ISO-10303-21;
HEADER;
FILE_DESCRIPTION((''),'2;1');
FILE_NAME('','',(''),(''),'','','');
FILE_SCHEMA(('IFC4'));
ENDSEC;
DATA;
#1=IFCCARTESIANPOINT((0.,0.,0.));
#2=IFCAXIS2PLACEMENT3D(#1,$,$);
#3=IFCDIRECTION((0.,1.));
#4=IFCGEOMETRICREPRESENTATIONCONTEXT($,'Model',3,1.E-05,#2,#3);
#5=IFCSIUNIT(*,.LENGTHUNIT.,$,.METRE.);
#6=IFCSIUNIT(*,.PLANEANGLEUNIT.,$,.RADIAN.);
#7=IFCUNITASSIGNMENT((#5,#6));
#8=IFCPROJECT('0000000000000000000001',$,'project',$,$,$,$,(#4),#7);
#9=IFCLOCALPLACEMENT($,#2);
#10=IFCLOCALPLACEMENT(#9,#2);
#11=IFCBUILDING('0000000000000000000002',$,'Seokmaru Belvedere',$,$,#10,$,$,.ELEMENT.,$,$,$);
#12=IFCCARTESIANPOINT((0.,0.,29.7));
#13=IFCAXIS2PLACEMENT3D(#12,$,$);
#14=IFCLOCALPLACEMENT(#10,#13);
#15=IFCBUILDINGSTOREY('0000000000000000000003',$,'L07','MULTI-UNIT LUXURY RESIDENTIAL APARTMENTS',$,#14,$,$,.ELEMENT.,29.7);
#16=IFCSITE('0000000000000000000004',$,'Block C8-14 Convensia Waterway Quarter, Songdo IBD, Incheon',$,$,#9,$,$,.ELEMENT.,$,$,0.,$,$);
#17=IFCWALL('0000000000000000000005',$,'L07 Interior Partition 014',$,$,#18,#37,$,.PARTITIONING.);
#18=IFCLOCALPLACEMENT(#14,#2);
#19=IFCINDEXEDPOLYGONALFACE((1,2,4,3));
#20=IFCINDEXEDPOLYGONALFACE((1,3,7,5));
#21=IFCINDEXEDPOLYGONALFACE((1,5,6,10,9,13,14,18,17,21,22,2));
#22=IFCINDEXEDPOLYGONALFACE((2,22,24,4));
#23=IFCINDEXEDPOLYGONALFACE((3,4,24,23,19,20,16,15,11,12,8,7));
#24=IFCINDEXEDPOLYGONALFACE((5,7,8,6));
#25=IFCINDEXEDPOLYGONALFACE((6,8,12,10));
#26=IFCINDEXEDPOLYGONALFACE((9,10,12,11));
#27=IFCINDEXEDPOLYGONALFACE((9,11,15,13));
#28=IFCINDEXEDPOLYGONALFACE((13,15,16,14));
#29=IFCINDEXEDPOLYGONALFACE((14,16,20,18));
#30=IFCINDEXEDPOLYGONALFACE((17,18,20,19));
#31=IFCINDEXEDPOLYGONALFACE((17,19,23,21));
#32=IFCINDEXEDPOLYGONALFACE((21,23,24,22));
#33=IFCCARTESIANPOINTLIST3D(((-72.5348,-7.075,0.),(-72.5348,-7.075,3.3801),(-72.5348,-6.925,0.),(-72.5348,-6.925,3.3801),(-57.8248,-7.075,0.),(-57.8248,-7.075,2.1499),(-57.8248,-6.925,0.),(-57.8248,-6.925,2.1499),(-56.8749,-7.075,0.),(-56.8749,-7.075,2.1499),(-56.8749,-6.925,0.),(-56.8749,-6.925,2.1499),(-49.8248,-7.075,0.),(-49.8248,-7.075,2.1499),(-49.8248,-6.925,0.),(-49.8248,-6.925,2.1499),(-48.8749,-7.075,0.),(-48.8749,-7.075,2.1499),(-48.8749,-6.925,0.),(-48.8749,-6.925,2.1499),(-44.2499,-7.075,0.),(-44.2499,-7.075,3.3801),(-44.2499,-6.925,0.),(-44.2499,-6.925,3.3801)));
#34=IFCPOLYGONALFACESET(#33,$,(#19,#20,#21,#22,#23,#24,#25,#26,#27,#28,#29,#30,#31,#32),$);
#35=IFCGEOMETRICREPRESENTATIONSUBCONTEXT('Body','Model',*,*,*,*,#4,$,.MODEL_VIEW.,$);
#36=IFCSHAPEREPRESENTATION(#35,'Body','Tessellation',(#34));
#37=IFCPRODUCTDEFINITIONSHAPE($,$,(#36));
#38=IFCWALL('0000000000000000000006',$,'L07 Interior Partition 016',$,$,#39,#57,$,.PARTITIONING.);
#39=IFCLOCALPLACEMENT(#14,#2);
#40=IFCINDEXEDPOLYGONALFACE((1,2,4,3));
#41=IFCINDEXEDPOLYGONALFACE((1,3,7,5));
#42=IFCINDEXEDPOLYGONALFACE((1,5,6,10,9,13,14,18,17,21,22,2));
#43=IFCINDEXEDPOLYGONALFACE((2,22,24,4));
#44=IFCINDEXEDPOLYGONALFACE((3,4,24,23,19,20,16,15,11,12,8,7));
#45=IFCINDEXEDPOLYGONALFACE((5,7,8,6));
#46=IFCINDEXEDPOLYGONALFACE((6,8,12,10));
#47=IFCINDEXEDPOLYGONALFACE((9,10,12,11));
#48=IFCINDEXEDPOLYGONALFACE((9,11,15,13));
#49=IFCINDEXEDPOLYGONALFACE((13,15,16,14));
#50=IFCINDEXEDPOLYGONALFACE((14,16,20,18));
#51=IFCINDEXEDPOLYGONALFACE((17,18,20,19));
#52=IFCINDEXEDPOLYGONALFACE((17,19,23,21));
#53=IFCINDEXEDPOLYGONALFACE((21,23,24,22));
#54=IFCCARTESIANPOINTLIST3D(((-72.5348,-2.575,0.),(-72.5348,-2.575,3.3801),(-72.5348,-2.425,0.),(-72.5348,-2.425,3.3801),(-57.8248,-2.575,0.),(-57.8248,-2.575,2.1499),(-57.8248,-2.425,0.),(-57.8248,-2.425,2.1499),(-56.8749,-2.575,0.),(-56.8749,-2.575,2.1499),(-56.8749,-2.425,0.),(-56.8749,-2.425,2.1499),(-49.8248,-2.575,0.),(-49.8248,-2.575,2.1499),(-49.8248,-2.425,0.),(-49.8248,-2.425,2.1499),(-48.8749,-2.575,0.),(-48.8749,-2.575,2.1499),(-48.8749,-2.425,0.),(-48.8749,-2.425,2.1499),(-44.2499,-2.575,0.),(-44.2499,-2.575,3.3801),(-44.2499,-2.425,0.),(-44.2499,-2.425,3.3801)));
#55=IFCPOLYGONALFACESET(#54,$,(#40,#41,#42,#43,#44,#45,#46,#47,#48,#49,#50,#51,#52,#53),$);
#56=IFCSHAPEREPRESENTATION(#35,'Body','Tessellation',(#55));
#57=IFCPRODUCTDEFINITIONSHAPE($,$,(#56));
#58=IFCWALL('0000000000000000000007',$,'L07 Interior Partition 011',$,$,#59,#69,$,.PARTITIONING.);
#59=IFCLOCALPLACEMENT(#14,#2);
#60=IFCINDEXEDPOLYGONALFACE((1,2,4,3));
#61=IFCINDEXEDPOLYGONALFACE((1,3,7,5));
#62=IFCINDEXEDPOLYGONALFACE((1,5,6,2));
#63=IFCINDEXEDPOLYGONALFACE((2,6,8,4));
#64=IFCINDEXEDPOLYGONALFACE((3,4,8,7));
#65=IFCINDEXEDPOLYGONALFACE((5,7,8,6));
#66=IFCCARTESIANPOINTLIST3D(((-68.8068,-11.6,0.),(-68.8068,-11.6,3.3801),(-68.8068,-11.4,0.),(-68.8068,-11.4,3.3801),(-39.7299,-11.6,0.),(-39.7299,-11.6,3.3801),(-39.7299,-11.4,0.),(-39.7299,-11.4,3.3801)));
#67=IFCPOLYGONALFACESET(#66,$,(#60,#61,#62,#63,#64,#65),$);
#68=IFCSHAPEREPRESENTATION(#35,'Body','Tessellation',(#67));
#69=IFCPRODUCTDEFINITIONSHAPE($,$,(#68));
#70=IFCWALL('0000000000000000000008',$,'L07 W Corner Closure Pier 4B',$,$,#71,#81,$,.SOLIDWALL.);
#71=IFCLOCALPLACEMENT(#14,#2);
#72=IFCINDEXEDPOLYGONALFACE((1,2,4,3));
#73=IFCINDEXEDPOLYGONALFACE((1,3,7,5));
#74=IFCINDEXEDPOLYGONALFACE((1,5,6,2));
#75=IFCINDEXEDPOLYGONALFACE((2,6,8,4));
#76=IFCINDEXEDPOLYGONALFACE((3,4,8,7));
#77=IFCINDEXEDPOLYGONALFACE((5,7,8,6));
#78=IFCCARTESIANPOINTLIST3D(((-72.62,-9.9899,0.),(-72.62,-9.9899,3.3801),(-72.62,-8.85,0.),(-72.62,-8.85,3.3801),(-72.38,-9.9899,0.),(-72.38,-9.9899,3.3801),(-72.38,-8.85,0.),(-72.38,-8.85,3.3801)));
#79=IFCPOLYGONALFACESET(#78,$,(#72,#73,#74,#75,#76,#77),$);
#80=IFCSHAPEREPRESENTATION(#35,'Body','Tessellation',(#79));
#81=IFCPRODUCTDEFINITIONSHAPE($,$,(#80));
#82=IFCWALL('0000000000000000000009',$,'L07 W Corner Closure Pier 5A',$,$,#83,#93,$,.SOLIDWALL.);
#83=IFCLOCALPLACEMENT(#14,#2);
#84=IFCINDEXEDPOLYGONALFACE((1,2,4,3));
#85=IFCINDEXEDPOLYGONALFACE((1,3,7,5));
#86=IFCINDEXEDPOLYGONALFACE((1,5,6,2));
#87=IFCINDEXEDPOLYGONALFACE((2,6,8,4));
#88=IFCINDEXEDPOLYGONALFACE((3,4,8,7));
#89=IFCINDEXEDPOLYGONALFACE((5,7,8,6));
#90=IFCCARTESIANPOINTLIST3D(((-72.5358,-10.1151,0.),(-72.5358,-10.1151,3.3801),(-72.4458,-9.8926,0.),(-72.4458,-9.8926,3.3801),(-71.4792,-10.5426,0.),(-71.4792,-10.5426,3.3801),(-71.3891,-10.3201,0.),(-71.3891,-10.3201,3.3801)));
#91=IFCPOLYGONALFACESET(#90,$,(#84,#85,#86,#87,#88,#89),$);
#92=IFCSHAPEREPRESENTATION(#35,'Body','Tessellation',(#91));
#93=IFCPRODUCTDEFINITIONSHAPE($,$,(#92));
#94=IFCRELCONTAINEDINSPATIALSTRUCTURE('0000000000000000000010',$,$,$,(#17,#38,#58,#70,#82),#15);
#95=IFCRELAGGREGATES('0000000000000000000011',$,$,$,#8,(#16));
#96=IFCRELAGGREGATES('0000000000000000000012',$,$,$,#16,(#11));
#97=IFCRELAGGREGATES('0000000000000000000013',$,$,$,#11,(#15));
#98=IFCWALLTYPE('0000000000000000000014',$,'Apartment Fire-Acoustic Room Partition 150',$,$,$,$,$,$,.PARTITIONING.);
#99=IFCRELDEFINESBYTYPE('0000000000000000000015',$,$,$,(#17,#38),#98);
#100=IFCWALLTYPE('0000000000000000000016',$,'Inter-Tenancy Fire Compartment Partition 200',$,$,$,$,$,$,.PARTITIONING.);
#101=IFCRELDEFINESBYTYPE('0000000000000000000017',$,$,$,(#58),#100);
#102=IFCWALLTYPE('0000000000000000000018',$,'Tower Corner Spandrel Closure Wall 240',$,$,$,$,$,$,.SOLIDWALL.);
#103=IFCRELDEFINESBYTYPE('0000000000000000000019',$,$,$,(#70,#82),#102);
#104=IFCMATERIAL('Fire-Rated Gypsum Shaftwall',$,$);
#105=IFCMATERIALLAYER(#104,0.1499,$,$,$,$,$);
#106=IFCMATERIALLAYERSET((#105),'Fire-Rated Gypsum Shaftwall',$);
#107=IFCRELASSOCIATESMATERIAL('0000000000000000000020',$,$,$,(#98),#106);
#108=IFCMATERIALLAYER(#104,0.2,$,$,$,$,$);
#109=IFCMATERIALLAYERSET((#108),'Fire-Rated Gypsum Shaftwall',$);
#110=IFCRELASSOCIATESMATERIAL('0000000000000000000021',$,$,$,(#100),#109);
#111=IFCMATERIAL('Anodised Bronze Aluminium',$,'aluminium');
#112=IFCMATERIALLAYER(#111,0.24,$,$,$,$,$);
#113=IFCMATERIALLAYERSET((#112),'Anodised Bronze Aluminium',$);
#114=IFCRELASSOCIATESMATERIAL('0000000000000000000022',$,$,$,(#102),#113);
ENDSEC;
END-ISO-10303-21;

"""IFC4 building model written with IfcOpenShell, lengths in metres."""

from ifc_helpers import new_model, si_unit, direction, frame, frame_2d, origin, place, context, subcontext, project, spatial, rectangle, extrude, material, layer, layer_set, type_object, element, save


model = new_model("IFC4")

# Units and contexts
model_context = context("Model", 3, precision=1e-05, world=origin(), true_north=direction((0.0, 1.0)))
body_context = subcontext(model_context, "Body", "Model", "MODEL_VIEW")
ifc_project = project(units=[si_unit("LENGTHUNIT", "METRE"), si_unit("PLANEANGLEUNIT", "RADIAN")], contexts=[model_context])

# Site, building, storey
site_placement = place(None, origin())
site = spatial("IfcSite", under=ifc_project, at=site_placement, Name="Block C8-14 Convensia Waterway Quarter, Songdo IBD, Incheon", CompositionType="ELEMENT", RefElevation=0.0)
building_placement = place(site_placement, origin())
building = spatial("IfcBuilding", under=site, at=building_placement, Name="Seokmaru Belvedere", CompositionType="ELEMENT")
storey_placement = place(building_placement, frame((0.0, 0.0, 29.7)))
storey = spatial("IfcBuildingStorey", under=building, at=storey_placement, Name="L07", Description="MULTI-UNIT LUXURY RESIDENTIAL APARTMENTS", CompositionType="ELEMENT", Elevation=29.7)

# Shared definitions
ifc_material_1 = material(Name="Anodised Bronze Aluminium", Category="aluminium")

# Walls, openings
ifc_material_2 = material(Name="Fire-Rated Gypsum Shaftwall")
ifc_layer_1 = layer(ifc_material_2, 0.1499)
ifc_layer_set_1 = layer_set([ifc_layer_1], Name="Fire-Rated Gypsum Shaftwall")
wall_type_1 = type_object("IfcWallType", Name="Apartment Fire-Acoustic Room Partition 150", PredefinedType="PARTITIONING", material=ifc_layer_set_1)
wall_1_placement = place(storey_placement, frame((-72.5349, -7.0, 0.0), z_axis=(0.0, 0.0, 1.0), x_axis=(1.0, 0.0, 0.0)))
wall_1 = element("IfcWall", 1, at=wall_1_placement, inside=storey, type_object=wall_type_1, Name="L07 Interior Partition 014", PredefinedType="PARTITIONING", context=body_context, shape_type="SweptSolid", body=[
    extrude(rectangle(XDim=28.2849, YDim=0.1499, at=frame_2d((14.1426, 0.0))), origin(), (0.0, 0.0, 1.0), 3.3801),
])
opening_1_placement = place(wall_1_placement, frame((22.71, 0.0, 0.0)))
element("IfcOpeningElement", 2, at=opening_1_placement, cuts=wall_1, PredefinedType="OPENING", context=body_context, shape_type="SweptSolid", body=[
    extrude(rectangle(XDim=0.95, YDim=2.1499, at=frame_2d((0.4751, 1.075))), frame((0.0, 0.085, 0.0), z_axis=(0.0, -1.0, 0.0), x_axis=(1.0, 0.0, 0.0)), (0.0, 0.0, 1.0), 0.1699),
])
opening_2_placement = place(wall_1_placement, frame((14.71, 0.0, 0.0)))
element("IfcOpeningElement", 3, at=opening_2_placement, cuts=wall_1, PredefinedType="OPENING", context=body_context, shape_type="SweptSolid", body=[
    extrude(rectangle(XDim=0.95, YDim=2.1499, at=frame_2d((0.4751, 1.075))), frame((0.0, 0.085, 0.0), z_axis=(0.0, -1.0, 0.0), x_axis=(1.0, 0.0, 0.0)), (0.0, 0.0, 1.0), 0.1699),
])
wall_2_placement = place(storey_placement, frame((-72.5349, -2.5, 0.0), z_axis=(0.0, 0.0, 1.0), x_axis=(1.0, 0.0, 0.0)))
wall_2 = element("IfcWall", 4, at=wall_2_placement, inside=storey, type_object=wall_type_1, Name="L07 Interior Partition 016", PredefinedType="PARTITIONING", context=body_context, shape_type="SweptSolid", body=[
    extrude(rectangle(XDim=28.2849, YDim=0.1499, at=frame_2d((14.1426, 0.0))), origin(), (0.0, 0.0, 1.0), 3.3801),
])
opening_3_placement = place(wall_2_placement, frame((22.71, 0.0, 0.0)))
element("IfcOpeningElement", 5, at=opening_3_placement, cuts=wall_2, PredefinedType="OPENING", context=body_context, shape_type="SweptSolid", body=[
    extrude(rectangle(XDim=0.95, YDim=2.1499, at=frame_2d((0.4751, 1.075))), frame((0.0, 0.085, 0.0), z_axis=(0.0, -1.0, 0.0), x_axis=(1.0, 0.0, 0.0)), (0.0, 0.0, 1.0), 0.1699),
])
opening_4_placement = place(wall_2_placement, frame((14.71, 0.0, 0.0)))
element("IfcOpeningElement", 6, at=opening_4_placement, cuts=wall_2, PredefinedType="OPENING", context=body_context, shape_type="SweptSolid", body=[
    extrude(rectangle(XDim=0.95, YDim=2.1499, at=frame_2d((0.4751, 1.075))), frame((0.0, 0.085, 0.0), z_axis=(0.0, -1.0, 0.0), x_axis=(1.0, 0.0, 0.0)), (0.0, 0.0, 1.0), 0.1699),
])

# Walls
ifc_layer_2 = layer(ifc_material_2, 0.2)
ifc_layer_set_2 = layer_set([ifc_layer_2], Name="Fire-Rated Gypsum Shaftwall")
wall_type_2 = type_object("IfcWallType", Name="Inter-Tenancy Fire Compartment Partition 200", PredefinedType="PARTITIONING", material=ifc_layer_set_2)
wall_3_placement = place(storey_placement, frame((-68.8069, -11.5, 0.0), z_axis=(0.0, 0.0, 1.0), x_axis=(1.0, 0.0, 0.0)))
element("IfcWall", 7, at=wall_3_placement, inside=storey, type_object=wall_type_2, Name="L07 Interior Partition 011", PredefinedType="PARTITIONING", context=body_context, shape_type="SweptSolid", body=[
    extrude(rectangle(XDim=29.0769, YDim=0.2, at=frame_2d((14.5386, 0.0))), origin(), (0.0, 0.0, 1.0), 3.3801),
])
ifc_layer_3 = layer(ifc_material_1, 0.24)
ifc_layer_set_3 = layer_set([ifc_layer_3], Name="Anodised Bronze Aluminium")
wall_type_3 = type_object("IfcWallType", Name="Tower Corner Spandrel Closure Wall 240", PredefinedType="SOLIDWALL", material=ifc_layer_set_3)
for number, where, z_axis, x_axis, name in (
    (8, (-72.5, -8.8501, 0.0), (0.0, 0.0, 1.0), (0.0, -1.0, 0.0), "L07 W Corner Closure Pier 4B"),
    (9, (-72.4907, -10.0039, 0.0), (0.0, 0.0, 1.0), (0.927007, -0.375044, 0.0), "L07 W Corner Closure Pier 5A"),
):
    element("IfcWall", number, at=place(storey_placement, frame(where, z_axis=z_axis, x_axis=x_axis)), inside=storey, type_object=wall_type_3, Name=name, PredefinedType="SOLIDWALL", context=body_context, shape_type="SweptSolid", body=[
        extrude(rectangle(XDim=1.1399, YDim=0.24, at=frame_2d((0.5698, 0.0))), origin(), (0.0, 0.0, 1.0), 3.3801),
    ])

save(model, "model.ifc")
